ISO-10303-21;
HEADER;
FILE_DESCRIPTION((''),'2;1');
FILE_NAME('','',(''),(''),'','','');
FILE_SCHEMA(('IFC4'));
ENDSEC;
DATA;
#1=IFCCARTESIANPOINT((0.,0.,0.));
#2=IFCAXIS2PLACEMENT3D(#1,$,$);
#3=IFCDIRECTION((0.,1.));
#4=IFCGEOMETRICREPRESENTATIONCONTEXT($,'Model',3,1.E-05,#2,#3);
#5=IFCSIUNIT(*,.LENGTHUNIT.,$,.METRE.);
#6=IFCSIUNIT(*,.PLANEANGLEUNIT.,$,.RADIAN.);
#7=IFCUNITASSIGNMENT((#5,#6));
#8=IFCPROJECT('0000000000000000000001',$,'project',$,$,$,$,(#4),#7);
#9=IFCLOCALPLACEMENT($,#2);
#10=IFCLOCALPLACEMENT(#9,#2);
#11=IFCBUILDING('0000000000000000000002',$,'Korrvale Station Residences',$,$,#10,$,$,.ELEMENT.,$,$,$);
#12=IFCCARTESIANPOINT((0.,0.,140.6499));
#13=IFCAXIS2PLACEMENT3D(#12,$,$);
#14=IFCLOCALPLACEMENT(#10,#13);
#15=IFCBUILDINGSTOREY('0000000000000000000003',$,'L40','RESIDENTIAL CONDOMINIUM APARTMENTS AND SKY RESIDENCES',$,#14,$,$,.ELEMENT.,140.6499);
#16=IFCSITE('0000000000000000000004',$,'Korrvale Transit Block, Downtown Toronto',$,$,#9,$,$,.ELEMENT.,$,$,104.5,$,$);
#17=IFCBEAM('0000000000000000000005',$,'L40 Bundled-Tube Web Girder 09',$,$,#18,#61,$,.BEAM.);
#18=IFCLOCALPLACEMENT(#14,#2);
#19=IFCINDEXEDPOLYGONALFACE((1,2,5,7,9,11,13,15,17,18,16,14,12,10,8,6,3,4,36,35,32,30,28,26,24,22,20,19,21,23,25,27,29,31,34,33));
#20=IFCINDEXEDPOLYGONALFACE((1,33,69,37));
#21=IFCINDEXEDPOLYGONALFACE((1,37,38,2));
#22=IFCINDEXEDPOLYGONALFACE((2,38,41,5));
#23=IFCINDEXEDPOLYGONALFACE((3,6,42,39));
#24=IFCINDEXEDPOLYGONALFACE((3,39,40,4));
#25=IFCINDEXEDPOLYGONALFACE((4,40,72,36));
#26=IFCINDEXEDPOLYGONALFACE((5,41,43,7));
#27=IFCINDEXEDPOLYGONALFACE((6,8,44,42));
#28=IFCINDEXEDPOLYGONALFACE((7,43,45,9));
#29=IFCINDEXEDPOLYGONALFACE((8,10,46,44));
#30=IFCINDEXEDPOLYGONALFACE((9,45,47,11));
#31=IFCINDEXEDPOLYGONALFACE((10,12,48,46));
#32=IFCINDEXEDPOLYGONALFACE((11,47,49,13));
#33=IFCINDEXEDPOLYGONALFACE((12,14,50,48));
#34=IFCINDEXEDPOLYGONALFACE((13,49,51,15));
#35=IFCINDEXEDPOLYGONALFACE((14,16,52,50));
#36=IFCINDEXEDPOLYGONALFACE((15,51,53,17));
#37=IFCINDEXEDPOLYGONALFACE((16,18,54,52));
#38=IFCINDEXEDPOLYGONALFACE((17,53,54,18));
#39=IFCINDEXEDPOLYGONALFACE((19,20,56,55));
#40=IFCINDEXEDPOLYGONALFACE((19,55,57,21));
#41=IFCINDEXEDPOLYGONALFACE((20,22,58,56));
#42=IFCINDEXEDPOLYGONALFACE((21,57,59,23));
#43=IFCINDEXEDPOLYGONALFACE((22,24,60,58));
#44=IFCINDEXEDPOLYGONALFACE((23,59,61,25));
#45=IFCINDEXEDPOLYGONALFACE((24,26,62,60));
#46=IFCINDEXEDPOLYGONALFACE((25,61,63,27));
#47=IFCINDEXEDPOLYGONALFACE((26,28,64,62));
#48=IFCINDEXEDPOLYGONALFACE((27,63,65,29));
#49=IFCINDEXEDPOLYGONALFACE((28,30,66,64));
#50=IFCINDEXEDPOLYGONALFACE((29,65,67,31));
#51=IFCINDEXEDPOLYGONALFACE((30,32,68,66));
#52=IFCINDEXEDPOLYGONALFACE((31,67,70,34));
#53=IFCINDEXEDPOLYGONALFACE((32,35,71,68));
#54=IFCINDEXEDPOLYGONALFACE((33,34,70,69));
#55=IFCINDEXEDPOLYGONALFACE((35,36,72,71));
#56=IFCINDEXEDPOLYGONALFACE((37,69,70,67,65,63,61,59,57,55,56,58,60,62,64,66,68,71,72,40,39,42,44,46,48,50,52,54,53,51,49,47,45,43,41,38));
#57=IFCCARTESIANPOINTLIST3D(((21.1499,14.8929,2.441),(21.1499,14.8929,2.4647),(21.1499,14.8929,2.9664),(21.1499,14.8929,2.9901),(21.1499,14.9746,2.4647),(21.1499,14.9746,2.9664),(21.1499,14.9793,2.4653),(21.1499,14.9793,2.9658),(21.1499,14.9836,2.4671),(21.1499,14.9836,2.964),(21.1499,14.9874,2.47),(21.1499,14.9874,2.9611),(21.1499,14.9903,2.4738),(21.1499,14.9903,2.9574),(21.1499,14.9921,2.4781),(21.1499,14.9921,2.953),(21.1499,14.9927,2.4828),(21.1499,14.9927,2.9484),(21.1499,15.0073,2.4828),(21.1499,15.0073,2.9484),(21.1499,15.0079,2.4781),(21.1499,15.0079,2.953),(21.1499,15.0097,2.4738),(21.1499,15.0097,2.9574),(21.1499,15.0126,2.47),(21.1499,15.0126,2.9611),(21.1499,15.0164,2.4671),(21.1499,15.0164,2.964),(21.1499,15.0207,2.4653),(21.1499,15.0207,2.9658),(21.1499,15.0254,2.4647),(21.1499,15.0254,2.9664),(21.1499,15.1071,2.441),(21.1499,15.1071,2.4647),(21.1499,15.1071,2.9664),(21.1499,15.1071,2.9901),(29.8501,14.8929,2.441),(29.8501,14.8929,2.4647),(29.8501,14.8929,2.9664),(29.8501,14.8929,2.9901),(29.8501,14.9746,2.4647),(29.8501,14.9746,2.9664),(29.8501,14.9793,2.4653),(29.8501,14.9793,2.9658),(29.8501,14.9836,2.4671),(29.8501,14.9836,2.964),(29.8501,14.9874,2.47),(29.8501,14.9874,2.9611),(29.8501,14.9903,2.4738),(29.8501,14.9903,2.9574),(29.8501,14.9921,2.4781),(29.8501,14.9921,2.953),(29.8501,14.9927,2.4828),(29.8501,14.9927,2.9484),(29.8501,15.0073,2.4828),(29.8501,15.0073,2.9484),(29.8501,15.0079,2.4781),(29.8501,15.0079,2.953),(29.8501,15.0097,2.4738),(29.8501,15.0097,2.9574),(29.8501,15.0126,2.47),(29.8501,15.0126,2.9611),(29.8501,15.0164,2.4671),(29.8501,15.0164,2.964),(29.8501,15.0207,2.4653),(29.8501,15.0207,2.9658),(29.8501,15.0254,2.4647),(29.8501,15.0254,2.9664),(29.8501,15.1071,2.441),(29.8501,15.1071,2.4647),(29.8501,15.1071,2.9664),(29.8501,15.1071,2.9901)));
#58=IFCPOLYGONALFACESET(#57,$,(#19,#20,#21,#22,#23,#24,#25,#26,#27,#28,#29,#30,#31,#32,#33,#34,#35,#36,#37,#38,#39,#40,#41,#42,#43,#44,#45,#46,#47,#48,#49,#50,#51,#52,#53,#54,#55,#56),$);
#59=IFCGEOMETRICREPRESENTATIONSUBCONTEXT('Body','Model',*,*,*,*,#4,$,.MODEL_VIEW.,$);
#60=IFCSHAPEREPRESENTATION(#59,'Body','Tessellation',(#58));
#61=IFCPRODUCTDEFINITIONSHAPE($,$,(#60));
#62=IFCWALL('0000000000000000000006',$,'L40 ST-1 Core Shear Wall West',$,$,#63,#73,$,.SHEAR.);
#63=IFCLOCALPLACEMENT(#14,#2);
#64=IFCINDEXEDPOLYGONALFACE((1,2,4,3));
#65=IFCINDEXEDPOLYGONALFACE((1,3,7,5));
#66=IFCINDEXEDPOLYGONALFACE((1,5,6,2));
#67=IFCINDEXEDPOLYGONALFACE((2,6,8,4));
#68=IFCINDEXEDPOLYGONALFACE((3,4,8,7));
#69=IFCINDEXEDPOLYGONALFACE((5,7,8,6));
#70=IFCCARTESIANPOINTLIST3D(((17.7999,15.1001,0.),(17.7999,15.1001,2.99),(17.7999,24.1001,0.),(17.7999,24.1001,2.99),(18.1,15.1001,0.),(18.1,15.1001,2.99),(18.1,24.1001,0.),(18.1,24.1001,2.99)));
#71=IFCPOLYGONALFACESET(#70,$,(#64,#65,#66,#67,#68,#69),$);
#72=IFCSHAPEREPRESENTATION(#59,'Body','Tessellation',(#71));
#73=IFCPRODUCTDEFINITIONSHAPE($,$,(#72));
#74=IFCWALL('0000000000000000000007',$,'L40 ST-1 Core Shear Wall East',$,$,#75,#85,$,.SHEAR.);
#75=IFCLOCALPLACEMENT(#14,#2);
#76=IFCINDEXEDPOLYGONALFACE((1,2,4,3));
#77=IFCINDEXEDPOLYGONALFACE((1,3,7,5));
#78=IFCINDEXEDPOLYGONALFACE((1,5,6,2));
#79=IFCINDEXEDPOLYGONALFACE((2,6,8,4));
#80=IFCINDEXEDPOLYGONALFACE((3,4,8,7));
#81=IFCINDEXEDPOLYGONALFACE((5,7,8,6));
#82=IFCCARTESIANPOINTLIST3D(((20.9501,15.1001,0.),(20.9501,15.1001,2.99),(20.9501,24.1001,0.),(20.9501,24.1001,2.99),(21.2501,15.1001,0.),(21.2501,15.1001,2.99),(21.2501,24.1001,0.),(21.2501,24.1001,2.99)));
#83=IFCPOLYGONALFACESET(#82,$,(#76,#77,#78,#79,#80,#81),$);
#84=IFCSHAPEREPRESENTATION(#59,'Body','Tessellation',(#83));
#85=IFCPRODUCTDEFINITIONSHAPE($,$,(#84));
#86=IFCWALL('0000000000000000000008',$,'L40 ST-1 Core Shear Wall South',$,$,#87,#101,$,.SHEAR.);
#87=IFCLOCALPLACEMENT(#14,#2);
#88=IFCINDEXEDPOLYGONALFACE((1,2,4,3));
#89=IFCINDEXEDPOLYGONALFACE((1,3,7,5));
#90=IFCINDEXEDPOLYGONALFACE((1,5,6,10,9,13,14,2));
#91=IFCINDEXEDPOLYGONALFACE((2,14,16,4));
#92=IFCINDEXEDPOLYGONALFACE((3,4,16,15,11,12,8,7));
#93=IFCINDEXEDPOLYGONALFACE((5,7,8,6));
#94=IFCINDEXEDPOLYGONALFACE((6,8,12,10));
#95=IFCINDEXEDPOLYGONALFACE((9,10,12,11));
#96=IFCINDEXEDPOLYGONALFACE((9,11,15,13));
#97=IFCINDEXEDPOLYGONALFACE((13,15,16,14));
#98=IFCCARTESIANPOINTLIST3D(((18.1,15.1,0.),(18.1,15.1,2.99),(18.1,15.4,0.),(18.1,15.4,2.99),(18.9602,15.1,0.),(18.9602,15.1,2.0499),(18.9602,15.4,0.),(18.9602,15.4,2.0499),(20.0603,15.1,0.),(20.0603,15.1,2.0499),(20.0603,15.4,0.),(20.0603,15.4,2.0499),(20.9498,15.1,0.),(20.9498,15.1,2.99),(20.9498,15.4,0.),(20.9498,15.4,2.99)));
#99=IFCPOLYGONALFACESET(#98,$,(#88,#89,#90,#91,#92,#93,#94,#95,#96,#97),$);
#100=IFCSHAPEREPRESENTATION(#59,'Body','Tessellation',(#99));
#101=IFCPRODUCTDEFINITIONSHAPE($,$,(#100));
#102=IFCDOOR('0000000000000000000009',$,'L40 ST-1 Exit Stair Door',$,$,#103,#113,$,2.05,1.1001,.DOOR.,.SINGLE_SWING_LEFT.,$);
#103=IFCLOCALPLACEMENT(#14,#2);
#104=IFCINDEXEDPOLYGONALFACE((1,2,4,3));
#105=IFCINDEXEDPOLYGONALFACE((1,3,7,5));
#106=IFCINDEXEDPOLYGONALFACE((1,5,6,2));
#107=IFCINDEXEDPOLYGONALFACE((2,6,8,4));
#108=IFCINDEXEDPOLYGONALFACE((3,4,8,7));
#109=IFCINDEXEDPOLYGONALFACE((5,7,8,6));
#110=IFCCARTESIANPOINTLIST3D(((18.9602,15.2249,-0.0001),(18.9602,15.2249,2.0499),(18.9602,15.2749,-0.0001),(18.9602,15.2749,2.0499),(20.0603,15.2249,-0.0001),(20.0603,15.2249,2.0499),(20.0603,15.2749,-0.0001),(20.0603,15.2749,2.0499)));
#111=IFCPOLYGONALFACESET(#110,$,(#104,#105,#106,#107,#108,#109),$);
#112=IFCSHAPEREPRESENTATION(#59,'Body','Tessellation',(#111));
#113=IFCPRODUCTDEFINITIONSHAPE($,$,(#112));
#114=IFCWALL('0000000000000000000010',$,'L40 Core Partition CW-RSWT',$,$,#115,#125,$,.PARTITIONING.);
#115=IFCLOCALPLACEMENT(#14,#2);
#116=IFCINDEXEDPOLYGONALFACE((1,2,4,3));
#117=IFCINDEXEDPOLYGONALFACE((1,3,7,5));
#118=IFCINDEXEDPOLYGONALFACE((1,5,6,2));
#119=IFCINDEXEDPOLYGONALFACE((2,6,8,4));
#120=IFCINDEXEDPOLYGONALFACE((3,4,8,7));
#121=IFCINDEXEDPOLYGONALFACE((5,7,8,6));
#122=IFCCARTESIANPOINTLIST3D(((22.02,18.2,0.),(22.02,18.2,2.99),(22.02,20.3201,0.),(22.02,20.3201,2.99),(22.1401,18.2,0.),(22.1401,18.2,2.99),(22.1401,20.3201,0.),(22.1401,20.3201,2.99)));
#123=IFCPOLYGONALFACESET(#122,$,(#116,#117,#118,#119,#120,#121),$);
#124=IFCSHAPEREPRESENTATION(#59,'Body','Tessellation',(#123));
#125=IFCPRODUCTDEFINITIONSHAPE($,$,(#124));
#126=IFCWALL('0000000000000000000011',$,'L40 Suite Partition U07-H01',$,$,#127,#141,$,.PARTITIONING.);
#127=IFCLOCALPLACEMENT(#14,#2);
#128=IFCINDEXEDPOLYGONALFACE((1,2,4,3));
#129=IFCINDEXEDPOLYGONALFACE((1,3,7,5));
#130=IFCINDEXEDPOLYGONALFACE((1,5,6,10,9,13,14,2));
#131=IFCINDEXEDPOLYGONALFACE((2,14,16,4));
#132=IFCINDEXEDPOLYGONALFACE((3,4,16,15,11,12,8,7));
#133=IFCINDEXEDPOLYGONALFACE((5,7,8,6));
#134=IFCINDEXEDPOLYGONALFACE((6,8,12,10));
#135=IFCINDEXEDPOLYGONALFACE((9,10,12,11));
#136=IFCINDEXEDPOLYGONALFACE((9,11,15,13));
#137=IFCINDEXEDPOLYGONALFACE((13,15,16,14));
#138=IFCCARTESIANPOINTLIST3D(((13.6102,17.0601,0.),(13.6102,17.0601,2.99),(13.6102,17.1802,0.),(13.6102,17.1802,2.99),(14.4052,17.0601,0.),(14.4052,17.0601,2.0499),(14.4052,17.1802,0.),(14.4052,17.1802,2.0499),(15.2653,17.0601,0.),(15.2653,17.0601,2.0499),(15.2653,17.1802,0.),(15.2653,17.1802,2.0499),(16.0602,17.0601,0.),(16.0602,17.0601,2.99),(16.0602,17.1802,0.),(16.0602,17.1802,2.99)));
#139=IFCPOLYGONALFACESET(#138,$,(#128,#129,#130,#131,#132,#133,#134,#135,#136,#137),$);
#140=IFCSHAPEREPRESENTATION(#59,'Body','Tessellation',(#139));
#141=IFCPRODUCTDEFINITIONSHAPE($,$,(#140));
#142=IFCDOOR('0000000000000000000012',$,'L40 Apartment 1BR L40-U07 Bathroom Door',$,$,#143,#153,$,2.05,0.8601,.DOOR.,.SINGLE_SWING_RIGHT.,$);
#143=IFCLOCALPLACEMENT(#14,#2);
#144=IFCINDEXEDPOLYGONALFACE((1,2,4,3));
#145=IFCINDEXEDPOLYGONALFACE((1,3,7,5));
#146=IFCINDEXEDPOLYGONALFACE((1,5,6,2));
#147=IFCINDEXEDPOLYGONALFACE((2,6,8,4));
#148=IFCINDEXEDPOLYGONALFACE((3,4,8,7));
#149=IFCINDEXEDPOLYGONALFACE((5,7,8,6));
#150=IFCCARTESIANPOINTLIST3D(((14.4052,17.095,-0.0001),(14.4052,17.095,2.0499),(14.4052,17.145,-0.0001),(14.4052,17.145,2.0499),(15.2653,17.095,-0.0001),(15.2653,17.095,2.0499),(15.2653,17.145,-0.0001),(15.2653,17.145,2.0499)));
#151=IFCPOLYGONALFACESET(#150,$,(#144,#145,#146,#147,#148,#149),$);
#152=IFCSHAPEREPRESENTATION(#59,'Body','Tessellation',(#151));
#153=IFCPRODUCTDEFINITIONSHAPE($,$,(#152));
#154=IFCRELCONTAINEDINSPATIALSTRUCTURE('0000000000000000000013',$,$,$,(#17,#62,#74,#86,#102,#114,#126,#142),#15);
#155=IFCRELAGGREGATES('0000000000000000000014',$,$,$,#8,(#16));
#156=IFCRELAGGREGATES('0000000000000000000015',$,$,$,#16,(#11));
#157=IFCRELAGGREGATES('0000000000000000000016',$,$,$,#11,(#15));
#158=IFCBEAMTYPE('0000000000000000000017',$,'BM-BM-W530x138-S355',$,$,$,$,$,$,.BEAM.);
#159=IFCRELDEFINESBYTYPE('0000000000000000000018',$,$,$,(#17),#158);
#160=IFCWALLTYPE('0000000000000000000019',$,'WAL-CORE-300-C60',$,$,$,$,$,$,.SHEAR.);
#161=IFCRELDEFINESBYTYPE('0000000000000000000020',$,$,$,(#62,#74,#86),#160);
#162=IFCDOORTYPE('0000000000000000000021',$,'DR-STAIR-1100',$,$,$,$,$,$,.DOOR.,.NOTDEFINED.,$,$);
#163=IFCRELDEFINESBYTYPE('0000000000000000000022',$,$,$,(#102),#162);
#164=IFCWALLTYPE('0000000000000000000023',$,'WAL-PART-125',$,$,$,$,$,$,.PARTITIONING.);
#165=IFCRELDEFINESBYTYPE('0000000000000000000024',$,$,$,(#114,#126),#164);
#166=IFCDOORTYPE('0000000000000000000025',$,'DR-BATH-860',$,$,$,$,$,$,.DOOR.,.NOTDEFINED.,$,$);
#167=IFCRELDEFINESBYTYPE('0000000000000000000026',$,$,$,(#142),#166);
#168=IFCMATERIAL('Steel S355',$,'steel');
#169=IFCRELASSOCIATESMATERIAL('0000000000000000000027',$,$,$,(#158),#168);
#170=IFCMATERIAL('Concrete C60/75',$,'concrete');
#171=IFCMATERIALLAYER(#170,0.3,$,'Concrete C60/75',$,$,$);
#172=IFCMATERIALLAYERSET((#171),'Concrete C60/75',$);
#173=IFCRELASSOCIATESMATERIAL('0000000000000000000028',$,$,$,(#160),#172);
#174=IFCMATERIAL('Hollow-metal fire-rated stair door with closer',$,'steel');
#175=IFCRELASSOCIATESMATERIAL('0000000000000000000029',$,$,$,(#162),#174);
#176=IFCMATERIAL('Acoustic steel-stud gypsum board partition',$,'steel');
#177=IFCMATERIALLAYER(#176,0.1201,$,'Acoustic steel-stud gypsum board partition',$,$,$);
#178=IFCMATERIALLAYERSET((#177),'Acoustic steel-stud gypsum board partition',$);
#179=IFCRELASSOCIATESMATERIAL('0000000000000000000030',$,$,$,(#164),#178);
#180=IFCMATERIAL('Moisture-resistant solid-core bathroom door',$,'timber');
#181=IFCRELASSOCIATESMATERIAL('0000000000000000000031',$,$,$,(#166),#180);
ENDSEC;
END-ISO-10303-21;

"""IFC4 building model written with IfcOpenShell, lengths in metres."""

from ifc_helpers import new_model, si_unit, direction, frame, frame_2d, origin, origin_2d, place, context, subcontext, project, spatial, rectangle, i_section, extrude, material, layer, layer_set, material_profile, profile_set, type_object, element, fill, save


model = new_model("IFC4")

# Units and contexts
model_context = context("Model", 3, precision=1e-05, world=origin(), true_north=direction((0.0, 1.0)))
body_context = subcontext(model_context, "Body", "Model", "MODEL_VIEW")
ifc_project = project(units=[si_unit("LENGTHUNIT", "METRE"), si_unit("PLANEANGLEUNIT", "RADIAN")], contexts=[model_context])

# Site, building, storey
site_placement = place(None, origin())
site = spatial("IfcSite", under=ifc_project, at=site_placement, Name="Korrvale Transit Block, Downtown Toronto", CompositionType="ELEMENT", RefElevation=104.5)
building_placement = place(site_placement, origin())
building = spatial("IfcBuilding", under=site, at=building_placement, Name="Korrvale Station Residences", CompositionType="ELEMENT")
storey_placement = place(building_placement, frame((0.0, 0.0, 140.6499)))
storey = spatial("IfcBuildingStorey", under=building, at=storey_placement, Name="L40", Description="RESIDENTIAL CONDOMINIUM APARTMENTS AND SKY RESIDENCES", CompositionType="ELEMENT", Elevation=140.6499)

# Beam
ifc_material_1 = material(Name="Steel S355", Category="steel")
ifc_material_profile = material_profile(ifc_material_1, i_section(OverallWidth=0.2141, OverallDepth=0.5491, WebThickness=0.0146, FlangeThickness=0.0237, FilletRadius=0.0181, at=origin_2d()), Name="W530x138")
ifc_profile_set = profile_set([ifc_material_profile], Name="Steel S355")
beam_type = type_object("IfcBeamType", Name="BM-BM-W530x138-S355", PredefinedType="BEAM", material=ifc_profile_set)
beam_placement = place(storey_placement, frame((21.1499, 15.0, 2.7156), z_axis=(1.0, 0.0, 0.0), x_axis=(0.0, 1.0, 0.0)))
element("IfcBeam", 1, at=beam_placement, inside=storey, type_object=beam_type, Name="L40 Bundled-Tube Web Girder 09", PredefinedType="BEAM", context=body_context, shape_type="SweptSolid", body=[
    extrude(i_section(OverallWidth=0.2141, OverallDepth=0.5491, WebThickness=0.0146, FlangeThickness=0.0237, FilletRadius=0.0181, at=origin_2d()), origin(), (0.0, 0.0, 1.0), 8.7002),
])

# Walls
ifc_material_2 = material(Name="Concrete C60/75", Category="concrete")
ifc_layer_1 = layer(ifc_material_2, 0.3, Name="Concrete C60/75")
ifc_layer_set_1 = layer_set([ifc_layer_1], Name="Concrete C60/75")
wall_type_1 = type_object("IfcWallType", Name="WAL-CORE-300-C60", PredefinedType="SHEAR", material=ifc_layer_set_1)
for number, where, z_axis, x_axis, name in (
    (2, (17.95, 15.1001, 0.0), (0.0, 0.0, 1.0), (0.0, 1.0, 0.0), "L40 ST-1 Core Shear Wall West"),
    (3, (21.1001, 15.1001, 0.0), (0.0, 0.0, 1.0), (0.0, 1.0, 0.0), "L40 ST-1 Core Shear Wall East"),
):
    element("IfcWall", number, at=place(storey_placement, frame(where, z_axis=z_axis, x_axis=x_axis)), inside=storey, type_object=wall_type_1, Name=name, PredefinedType="SHEAR", context=body_context, shape_type="SweptSolid", body=[
        extrude(rectangle(XDim=9.0, YDim=0.3, at=frame_2d((4.5, 0.0))), origin(), (0.0, 0.0, 1.0), 2.99),
    ])

# Wall, opening, door
wall_1_placement = place(storey_placement, frame((18.1001, 15.25, 0.0), z_axis=(0.0, 0.0, 1.0), x_axis=(1.0, 0.0, 0.0)))
wall_1 = element("IfcWall", 4, at=wall_1_placement, inside=storey, type_object=wall_type_1, Name="L40 ST-1 Core Shear Wall South", PredefinedType="SHEAR", context=body_context, shape_type="SweptSolid", body=[
    extrude(rectangle(XDim=2.8499, YDim=0.3, at=frame_2d((1.4248, 0.0))), origin(), (0.0, 0.0, 1.0), 2.99),
])
opening_1_placement = place(wall_1_placement, frame((0.8601, 0.0, 0.0)))
opening_1 = element("IfcOpeningElement", 5, at=opening_1_placement, cuts=wall_1, PredefinedType="OPENING", context=body_context, shape_type="SweptSolid", body=[
    extrude(rectangle(XDim=1.1001, YDim=2.05, at=frame_2d((0.55, 1.0249))), frame((0.0, 0.1602, 0.0), z_axis=(0.0, -1.0, 0.0), x_axis=(1.0, 0.0, 0.0)), (0.0, 0.0, 1.0), 0.3201),
])
ifc_material_3 = material(Name="Hollow-metal fire-rated stair door with closer", Category="steel")
door_type_1 = type_object("IfcDoorType", Name="DR-STAIR-1100", OperationType="NOTDEFINED", PredefinedType="DOOR", material=ifc_material_3)
door_1_placement = place(opening_1_placement, origin())
door_1 = element("IfcDoor", 6, at=door_1_placement, inside=storey, type_object=door_type_1, Name="L40 ST-1 Exit Stair Door", OperationType="SINGLE_SWING_LEFT", OverallHeight=2.05, OverallWidth=1.1001, PredefinedType="DOOR", context=body_context, shape_type="SweptSolid", body=[
    extrude(rectangle(XDim=1.1001, YDim=2.05, at=frame_2d((0.55, 1.0249))), frame((0.0, 0.0249, 0.0), z_axis=(0.0, -1.0, 0.0), x_axis=(1.0, 0.0, 0.0)), (0.0, 0.0, 1.0), 0.05),
])
fill(opening_1, door_1)

# Wall
ifc_material_4 = material(Name="Acoustic steel-stud gypsum board partition", Category="steel")
ifc_layer_2 = layer(ifc_material_4, 0.1201, Name="Acoustic steel-stud gypsum board partition")
ifc_layer_set_2 = layer_set([ifc_layer_2], Name="Acoustic steel-stud gypsum board partition")
wall_type_2 = type_object("IfcWallType", Name="WAL-PART-125", PredefinedType="PARTITIONING", material=ifc_layer_set_2)
wall_2_placement = place(storey_placement, frame((22.0801, 18.2, 0.0), z_axis=(0.0, 0.0, 1.0), x_axis=(0.0, 1.0, 0.0)))
element("IfcWall", 7, at=wall_2_placement, inside=storey, type_object=wall_type_2, Name="L40 Core Partition CW-RSWT", PredefinedType="PARTITIONING", context=body_context, shape_type="SweptSolid", body=[
    extrude(rectangle(XDim=2.1201, YDim=0.1201, at=frame_2d((1.0601, 0.0))), origin(), (0.0, 0.0, 1.0), 2.99),
])

# Wall, opening, door
wall_3_placement = place(storey_placement, frame((13.6101, 17.1201, 0.0), z_axis=(0.0, 0.0, 1.0), x_axis=(1.0, 0.0, 0.0)))
wall_3 = element("IfcWall", 8, at=wall_3_placement, inside=storey, type_object=wall_type_2, Name="L40 Suite Partition U07-H01", PredefinedType="PARTITIONING", context=body_context, shape_type="SweptSolid", body=[
    extrude(rectangle(XDim=2.45, YDim=0.1201, at=frame_2d((1.2251, 0.0))), origin(), (0.0, 0.0, 1.0), 2.99),
])
opening_2_placement = place(wall_3_placement, frame((0.7949, 0.0, 0.0)))
opening_2 = element("IfcOpeningElement", 9, at=opening_2_placement, cuts=wall_3, PredefinedType="OPENING", context=body_context, shape_type="SweptSolid", body=[
    extrude(rectangle(XDim=0.8601, YDim=2.05, at=frame_2d((0.4302, 1.0249))), frame((0.0, 0.0701, 0.0), z_axis=(0.0, -1.0, 0.0), x_axis=(1.0, 0.0, 0.0)), (0.0, 0.0, 1.0), 0.1401),
])
ifc_material_5 = material(Name="Moisture-resistant solid-core bathroom door", Category="timber")
door_type_2 = type_object("IfcDoorType", Name="DR-BATH-860", OperationType="NOTDEFINED", PredefinedType="DOOR", material=ifc_material_5)
door_2_placement = place(opening_2_placement, origin())
door_2 = element("IfcDoor", 10, at=door_2_placement, inside=storey, type_object=door_type_2, Name="L40 Apartment 1BR L40-U07 Bathroom Door", OperationType="SINGLE_SWING_RIGHT", OverallHeight=2.05, OverallWidth=0.8601, PredefinedType="DOOR", context=body_context, shape_type="SweptSolid", body=[
    extrude(rectangle(XDim=0.8601, YDim=2.05, at=frame_2d((0.4302, 1.0249))), frame((0.0, 0.0249, 0.0), z_axis=(0.0, -1.0, 0.0), x_axis=(1.0, 0.0, 0.0)), (0.0, 0.0, 1.0), 0.05),
])
fill(opening_2, door_2)

save(model, "model.ifc")
